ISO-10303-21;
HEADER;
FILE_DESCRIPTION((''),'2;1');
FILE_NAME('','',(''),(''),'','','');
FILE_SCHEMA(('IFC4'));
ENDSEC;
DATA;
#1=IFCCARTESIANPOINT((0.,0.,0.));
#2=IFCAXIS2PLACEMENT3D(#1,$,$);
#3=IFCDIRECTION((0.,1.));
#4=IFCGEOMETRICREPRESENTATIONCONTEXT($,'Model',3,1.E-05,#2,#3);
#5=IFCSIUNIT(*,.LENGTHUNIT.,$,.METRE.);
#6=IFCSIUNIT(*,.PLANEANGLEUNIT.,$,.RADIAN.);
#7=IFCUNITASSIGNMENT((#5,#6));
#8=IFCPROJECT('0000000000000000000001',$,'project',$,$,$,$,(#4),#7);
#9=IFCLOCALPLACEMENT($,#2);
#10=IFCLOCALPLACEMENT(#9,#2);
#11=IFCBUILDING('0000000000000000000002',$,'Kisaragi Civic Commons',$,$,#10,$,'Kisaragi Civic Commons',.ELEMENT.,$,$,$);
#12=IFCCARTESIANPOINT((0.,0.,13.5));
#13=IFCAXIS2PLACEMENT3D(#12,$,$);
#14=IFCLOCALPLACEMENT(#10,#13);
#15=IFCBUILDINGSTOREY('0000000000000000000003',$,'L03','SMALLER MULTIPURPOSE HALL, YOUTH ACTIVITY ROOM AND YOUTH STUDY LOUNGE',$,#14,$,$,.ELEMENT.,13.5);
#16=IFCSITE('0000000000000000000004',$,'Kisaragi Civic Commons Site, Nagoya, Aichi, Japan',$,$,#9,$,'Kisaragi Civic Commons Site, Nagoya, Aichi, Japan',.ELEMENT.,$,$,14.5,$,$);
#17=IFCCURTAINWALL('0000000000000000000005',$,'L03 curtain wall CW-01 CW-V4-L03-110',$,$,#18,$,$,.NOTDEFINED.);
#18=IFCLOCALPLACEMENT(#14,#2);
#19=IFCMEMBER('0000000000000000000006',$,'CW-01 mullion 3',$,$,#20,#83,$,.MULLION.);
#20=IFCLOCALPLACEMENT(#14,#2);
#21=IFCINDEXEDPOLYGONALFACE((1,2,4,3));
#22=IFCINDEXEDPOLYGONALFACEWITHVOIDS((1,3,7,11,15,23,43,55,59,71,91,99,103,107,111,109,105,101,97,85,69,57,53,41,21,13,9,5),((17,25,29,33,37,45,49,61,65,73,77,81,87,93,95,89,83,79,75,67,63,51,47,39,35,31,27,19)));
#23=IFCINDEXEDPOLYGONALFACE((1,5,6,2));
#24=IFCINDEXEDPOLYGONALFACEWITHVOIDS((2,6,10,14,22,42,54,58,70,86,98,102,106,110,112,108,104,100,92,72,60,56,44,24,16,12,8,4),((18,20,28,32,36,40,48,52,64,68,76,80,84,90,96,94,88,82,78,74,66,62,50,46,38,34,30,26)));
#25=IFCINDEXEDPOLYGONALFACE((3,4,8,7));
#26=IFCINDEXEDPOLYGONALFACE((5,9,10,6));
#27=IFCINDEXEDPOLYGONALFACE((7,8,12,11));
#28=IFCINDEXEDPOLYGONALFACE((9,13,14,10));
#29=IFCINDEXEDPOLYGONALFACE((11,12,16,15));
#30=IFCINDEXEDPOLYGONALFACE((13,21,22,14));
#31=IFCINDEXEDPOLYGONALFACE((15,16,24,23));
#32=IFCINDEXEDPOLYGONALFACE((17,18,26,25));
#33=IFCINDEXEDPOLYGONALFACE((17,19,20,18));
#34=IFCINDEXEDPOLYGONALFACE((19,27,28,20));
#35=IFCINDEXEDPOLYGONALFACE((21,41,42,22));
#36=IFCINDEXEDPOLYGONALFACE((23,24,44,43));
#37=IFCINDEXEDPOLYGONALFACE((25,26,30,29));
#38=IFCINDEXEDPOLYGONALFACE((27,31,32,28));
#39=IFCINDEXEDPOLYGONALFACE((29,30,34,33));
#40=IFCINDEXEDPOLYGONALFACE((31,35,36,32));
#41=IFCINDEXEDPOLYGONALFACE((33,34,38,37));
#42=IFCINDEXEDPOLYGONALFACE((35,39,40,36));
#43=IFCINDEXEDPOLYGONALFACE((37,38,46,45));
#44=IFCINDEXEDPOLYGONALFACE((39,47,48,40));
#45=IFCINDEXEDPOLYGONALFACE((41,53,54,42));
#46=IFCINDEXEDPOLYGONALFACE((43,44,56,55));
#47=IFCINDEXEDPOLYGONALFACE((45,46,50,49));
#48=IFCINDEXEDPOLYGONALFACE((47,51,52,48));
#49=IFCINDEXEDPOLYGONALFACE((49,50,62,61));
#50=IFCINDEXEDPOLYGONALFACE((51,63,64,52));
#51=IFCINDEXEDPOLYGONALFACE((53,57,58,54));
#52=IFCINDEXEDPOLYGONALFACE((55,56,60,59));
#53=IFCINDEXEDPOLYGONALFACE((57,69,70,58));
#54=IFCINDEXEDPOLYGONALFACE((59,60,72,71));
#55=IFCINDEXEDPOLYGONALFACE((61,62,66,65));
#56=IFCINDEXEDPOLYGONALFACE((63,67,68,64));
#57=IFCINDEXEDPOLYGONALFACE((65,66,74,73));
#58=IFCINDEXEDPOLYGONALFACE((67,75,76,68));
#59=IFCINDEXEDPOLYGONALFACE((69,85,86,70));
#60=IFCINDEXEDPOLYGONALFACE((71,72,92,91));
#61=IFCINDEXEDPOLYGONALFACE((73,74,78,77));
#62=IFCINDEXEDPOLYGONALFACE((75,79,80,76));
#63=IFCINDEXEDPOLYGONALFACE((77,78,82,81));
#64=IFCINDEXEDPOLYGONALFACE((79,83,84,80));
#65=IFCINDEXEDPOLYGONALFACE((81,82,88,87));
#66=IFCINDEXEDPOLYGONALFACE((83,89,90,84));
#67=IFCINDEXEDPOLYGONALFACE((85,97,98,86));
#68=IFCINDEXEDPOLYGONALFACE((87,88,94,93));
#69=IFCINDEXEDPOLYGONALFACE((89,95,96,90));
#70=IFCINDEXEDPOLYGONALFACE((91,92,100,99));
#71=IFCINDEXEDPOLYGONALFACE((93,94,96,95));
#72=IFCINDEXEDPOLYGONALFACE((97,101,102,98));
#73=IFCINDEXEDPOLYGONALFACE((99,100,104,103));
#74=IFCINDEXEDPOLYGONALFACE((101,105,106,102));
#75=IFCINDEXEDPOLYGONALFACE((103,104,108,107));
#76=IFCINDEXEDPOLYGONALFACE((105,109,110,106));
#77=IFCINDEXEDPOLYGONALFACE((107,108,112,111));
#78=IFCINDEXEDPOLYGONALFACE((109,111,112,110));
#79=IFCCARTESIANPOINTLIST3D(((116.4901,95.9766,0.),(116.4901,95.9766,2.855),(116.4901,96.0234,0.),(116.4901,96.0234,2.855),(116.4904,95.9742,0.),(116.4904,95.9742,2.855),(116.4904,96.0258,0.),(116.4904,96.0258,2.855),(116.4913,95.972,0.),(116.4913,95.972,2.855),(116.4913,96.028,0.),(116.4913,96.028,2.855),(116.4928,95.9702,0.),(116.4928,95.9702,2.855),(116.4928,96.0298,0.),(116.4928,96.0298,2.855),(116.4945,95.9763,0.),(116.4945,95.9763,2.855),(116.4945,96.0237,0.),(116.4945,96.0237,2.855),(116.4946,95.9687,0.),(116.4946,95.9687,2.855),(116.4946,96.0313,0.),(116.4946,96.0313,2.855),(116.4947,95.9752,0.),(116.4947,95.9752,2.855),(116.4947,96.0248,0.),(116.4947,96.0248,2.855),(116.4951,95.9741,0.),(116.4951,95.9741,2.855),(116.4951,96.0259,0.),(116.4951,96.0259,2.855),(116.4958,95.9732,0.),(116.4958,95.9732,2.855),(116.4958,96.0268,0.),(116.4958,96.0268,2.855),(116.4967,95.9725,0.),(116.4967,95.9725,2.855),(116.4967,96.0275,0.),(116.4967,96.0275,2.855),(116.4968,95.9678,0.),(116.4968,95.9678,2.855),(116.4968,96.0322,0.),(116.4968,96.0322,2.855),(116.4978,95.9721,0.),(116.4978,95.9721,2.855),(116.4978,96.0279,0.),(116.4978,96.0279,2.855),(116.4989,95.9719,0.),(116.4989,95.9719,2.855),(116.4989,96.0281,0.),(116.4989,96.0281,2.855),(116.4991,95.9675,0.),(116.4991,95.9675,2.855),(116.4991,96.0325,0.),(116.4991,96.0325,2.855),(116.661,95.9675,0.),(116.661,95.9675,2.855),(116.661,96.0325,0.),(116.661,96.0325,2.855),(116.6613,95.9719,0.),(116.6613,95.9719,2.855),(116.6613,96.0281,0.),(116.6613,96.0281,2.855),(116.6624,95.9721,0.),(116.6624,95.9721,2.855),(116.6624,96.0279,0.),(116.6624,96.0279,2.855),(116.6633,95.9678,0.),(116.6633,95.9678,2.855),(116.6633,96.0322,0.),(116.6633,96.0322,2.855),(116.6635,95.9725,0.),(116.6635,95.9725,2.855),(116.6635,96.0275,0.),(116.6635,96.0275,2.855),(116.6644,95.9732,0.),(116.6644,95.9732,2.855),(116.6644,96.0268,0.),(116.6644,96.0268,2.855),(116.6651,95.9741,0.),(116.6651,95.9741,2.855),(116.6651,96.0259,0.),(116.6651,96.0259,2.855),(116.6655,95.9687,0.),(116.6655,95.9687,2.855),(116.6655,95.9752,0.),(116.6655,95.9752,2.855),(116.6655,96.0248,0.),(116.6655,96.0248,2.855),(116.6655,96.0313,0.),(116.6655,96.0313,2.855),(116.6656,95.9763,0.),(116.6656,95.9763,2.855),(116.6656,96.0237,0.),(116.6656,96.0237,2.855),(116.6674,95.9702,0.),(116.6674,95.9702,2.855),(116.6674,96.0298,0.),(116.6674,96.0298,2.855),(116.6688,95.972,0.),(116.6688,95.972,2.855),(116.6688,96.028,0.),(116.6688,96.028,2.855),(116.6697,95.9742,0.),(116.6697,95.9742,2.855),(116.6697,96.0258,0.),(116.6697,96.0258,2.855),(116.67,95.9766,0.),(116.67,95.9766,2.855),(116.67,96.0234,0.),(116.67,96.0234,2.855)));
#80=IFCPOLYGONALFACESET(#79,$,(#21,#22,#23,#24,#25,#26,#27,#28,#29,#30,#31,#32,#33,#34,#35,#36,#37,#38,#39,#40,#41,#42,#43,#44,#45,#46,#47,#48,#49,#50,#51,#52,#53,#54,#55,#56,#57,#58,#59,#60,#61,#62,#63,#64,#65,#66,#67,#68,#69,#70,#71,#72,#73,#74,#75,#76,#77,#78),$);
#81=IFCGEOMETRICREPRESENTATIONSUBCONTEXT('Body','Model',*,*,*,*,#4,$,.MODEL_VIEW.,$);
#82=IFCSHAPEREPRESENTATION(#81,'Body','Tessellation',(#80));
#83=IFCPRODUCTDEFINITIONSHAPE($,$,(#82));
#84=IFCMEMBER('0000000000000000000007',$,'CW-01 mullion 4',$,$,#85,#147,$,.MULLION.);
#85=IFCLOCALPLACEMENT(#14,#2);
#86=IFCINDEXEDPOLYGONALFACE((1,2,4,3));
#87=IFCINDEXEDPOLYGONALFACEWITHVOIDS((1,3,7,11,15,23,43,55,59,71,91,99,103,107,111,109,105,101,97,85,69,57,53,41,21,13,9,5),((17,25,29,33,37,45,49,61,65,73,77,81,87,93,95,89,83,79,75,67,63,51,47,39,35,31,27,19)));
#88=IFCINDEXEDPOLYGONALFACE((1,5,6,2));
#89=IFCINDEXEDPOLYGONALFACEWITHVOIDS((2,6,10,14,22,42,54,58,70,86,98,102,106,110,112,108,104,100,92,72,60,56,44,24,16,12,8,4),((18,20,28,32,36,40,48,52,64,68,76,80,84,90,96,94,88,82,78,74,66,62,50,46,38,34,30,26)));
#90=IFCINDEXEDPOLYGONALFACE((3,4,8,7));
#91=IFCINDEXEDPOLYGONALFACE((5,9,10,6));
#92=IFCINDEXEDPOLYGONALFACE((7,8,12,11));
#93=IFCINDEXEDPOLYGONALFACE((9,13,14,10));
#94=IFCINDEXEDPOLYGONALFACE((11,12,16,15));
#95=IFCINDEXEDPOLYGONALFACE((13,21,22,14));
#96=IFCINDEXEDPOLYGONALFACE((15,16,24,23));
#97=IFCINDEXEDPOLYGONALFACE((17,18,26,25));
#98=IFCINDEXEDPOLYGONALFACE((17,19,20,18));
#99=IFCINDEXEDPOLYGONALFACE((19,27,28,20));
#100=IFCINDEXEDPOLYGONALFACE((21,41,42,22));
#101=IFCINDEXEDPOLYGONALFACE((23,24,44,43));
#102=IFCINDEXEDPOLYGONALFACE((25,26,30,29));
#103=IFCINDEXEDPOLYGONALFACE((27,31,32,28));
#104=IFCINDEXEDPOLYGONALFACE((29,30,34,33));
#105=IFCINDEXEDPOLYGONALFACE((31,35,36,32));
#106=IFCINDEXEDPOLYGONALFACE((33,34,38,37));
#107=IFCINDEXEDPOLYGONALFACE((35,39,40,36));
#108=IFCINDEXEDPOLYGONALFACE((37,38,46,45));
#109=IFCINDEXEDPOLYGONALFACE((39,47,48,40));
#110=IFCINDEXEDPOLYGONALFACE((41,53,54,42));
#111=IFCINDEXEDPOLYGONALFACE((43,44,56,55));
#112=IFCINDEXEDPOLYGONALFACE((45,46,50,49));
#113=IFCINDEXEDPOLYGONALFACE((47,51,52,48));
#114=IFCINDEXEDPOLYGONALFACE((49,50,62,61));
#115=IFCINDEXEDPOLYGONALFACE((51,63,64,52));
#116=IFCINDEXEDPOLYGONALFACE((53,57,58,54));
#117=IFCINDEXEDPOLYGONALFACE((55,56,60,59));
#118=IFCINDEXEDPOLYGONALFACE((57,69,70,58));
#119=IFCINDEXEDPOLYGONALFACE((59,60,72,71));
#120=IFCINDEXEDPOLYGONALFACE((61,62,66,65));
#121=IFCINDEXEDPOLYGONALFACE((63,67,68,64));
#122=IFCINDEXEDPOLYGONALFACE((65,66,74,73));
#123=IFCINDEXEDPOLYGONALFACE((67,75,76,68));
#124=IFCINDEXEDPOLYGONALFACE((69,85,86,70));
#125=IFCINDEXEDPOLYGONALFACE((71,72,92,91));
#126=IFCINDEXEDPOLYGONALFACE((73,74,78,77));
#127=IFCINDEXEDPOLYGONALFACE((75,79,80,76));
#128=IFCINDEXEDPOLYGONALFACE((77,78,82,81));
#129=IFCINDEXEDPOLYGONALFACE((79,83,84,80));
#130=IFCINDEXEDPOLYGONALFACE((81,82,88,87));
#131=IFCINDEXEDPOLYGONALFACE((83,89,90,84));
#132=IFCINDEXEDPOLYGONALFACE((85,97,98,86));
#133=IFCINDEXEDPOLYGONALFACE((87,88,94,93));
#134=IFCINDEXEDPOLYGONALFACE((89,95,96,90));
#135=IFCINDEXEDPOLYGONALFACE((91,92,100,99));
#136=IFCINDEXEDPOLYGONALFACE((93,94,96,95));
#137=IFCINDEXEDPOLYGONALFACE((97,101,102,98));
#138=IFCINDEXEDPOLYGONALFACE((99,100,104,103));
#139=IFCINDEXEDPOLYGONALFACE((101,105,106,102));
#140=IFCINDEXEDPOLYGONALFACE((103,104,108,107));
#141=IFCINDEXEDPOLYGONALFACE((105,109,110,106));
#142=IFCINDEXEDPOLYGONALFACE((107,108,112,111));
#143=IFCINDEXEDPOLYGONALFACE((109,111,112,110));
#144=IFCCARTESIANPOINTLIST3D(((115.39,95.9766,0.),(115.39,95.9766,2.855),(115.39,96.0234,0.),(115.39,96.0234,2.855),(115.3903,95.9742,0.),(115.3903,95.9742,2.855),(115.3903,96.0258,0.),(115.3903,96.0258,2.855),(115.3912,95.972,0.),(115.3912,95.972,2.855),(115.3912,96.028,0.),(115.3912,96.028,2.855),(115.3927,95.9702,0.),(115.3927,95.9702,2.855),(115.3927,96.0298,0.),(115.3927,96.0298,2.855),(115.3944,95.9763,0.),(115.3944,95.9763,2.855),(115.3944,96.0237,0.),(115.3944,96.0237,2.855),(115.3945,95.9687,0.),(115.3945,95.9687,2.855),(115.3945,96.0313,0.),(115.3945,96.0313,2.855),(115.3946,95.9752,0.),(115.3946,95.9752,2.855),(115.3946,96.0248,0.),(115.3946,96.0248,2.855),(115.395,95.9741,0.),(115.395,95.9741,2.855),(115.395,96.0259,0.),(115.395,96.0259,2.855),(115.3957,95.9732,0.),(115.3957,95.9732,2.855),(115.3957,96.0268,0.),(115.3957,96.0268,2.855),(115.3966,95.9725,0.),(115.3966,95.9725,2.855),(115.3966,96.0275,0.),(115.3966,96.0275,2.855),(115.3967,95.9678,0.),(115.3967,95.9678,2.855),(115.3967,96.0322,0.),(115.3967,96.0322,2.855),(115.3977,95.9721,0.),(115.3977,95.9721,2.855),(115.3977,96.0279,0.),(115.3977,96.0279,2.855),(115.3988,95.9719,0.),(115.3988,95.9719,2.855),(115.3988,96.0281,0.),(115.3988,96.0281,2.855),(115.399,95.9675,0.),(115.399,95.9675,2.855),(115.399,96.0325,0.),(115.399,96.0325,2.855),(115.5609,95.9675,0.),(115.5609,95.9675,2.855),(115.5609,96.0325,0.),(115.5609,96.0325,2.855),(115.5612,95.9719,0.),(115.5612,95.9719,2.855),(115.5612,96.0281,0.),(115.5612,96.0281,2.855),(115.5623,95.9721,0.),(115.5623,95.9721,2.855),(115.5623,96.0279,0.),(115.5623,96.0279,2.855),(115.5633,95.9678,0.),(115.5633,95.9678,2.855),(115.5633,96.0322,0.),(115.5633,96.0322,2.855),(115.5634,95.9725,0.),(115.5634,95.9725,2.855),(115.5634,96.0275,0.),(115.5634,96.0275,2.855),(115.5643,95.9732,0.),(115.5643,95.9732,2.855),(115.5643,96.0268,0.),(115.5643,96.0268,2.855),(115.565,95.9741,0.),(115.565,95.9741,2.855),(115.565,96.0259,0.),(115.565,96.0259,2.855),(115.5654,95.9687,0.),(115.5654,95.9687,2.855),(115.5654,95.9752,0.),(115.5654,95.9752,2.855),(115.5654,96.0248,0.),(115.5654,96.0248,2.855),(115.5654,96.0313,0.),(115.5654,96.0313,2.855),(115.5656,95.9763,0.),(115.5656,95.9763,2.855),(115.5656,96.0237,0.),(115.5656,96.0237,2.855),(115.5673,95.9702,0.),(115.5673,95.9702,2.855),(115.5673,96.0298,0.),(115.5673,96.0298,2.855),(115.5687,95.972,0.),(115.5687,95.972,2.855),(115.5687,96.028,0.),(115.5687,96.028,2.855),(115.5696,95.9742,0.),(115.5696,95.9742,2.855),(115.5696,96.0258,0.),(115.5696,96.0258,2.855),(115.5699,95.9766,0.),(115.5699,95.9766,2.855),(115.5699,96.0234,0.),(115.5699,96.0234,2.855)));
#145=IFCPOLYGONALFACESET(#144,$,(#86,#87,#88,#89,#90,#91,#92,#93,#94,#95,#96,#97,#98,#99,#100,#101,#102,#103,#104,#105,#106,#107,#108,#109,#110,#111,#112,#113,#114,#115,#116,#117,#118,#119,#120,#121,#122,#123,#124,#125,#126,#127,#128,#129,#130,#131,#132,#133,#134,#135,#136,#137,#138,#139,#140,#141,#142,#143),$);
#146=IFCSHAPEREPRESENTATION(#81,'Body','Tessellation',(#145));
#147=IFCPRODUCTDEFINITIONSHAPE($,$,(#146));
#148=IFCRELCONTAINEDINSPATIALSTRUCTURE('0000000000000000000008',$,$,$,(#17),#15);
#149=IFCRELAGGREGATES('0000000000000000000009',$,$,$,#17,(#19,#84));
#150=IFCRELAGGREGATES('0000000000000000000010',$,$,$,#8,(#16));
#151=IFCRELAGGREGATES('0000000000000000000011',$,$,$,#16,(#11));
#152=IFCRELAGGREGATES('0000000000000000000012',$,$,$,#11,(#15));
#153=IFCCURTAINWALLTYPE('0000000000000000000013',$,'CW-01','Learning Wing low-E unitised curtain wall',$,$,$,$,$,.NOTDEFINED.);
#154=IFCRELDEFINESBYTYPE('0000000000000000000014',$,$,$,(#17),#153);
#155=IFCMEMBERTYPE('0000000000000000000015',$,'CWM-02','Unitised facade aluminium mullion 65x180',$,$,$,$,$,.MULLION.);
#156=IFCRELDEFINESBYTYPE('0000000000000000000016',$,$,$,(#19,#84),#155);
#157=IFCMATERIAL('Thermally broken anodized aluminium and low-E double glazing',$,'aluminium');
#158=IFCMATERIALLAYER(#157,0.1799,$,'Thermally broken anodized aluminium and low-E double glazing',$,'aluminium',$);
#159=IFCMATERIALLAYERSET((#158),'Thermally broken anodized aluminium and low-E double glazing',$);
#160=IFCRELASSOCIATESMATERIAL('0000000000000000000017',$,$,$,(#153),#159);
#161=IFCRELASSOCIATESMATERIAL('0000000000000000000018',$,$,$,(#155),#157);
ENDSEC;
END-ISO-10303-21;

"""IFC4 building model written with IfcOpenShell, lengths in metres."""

from ifc_helpers import new_model, si_unit, direction, frame, origin, origin_2d, place, context, subcontext, project, spatial, hollow_rectangle, extrude, material, layer, layer_set, material_profile, profile_set, type_object, element, aggregate, save


model = new_model("IFC4")

# Units and contexts
model_context = context("Model", 3, precision=1e-05, world=origin(), true_north=direction((0.0, 1.0)))
body_context = subcontext(model_context, "Body", "Model", "MODEL_VIEW")
ifc_project = project(units=[si_unit("LENGTHUNIT", "METRE"), si_unit("PLANEANGLEUNIT", "RADIAN")], contexts=[model_context])

# Site, building, storey
site_placement = place(None, origin())
site = spatial("IfcSite", under=ifc_project, at=site_placement, Name="Kisaragi Civic Commons Site, Nagoya, Aichi, Japan", LongName="Kisaragi Civic Commons Site, Nagoya, Aichi, Japan", CompositionType="ELEMENT", RefElevation=14.5)
building_placement = place(site_placement, origin())
building = spatial("IfcBuilding", under=site, at=building_placement, Name="Kisaragi Civic Commons", LongName="Kisaragi Civic Commons", CompositionType="ELEMENT")
storey_placement = place(building_placement, frame((0.0, 0.0, 13.5)))
storey = spatial("IfcBuildingStorey", under=building, at=storey_placement, Name="L03", Description="SMALLER MULTIPURPOSE HALL, YOUTH ACTIVITY ROOM AND YOUTH STUDY LOUNGE", CompositionType="ELEMENT", Elevation=13.5)

# Curtain wall, members
ifc_material_1 = material(Name="Thermally broken anodized aluminium and low-E double glazing", Category="aluminium")
ifc_layer_1 = layer(ifc_material_1, 0.1799, Name="Thermally broken anodized aluminium and low-E double glazing", Category="aluminium")
ifc_layer_set_1 = layer_set([ifc_layer_1], Name="Thermally broken anodized aluminium and low-E double glazing")
curtain_wall_type = type_object("IfcCurtainWallType", Name="CW-01", Description="Learning Wing low-E unitised curtain wall", PredefinedType="NOTDEFINED", material=ifc_layer_set_1)
curtain_wall_placement = place(storey_placement, origin())
curtain_wall = element("IfcCurtainWall", 1, at=curtain_wall_placement, inside=storey, type_object=curtain_wall_type, Name="L03 curtain wall CW-01 CW-V4-L03-110", PredefinedType="NOTDEFINED")
ifc_material_profile_1 = material_profile(ifc_material_1, hollow_rectangle(XDim=0.0649, YDim=0.1799, WallThickness=0.0044, InnerFilletRadius=0.0044, OuterFilletRadius=0.009, at=origin_2d()), Name="CWM-65x180x4.5", Category="aluminium")
ifc_profile_set_1 = profile_set([ifc_material_profile_1], Name="Thermally broken anodized aluminium and low-E double glazing")
member_type_1 = type_object("IfcMemberType", Name="CWM-02", Description="Unitised facade aluminium mullion 65x180", PredefinedType="MULLION", material=ifc_profile_set_1)
member_1_placement = place(storey_placement, frame((116.5801, 96.0, 0.0), z_axis=(0.0, 0.0, 1.0), x_axis=(0.0, -1.0, 0.0)))
member_1 = element("IfcMember", 2, at=member_1_placement, type_object=member_type_1, Name="CW-01 mullion 3", PredefinedType="MULLION", context=body_context, shape_type="SweptSolid", body=[
    extrude(hollow_rectangle(XDim=0.0649, YDim=0.1799, WallThickness=0.0044, InnerFilletRadius=0.0044, OuterFilletRadius=0.009, at=origin_2d()), origin(), (0.0, 0.0, 1.0), 2.855),
])
member_2_placement = place(storey_placement, frame((115.48, 96.0, 0.0), z_axis=(0.0, 0.0, 1.0), x_axis=(0.0, -1.0, 0.0)))
member_2 = element("IfcMember", 3, at=member_2_placement, type_object=member_type_1, Name="CW-01 mullion 4", PredefinedType="MULLION", context=body_context, shape_type="SweptSolid", body=[
    extrude(hollow_rectangle(XDim=0.0649, YDim=0.1799, WallThickness=0.0044, InnerFilletRadius=0.0044, OuterFilletRadius=0.009, at=origin_2d()), origin(), (0.0, 0.0, 1.0), 2.855),
])
aggregate(curtain_wall, [member_1, member_2])

save(model, "model.ifc")
